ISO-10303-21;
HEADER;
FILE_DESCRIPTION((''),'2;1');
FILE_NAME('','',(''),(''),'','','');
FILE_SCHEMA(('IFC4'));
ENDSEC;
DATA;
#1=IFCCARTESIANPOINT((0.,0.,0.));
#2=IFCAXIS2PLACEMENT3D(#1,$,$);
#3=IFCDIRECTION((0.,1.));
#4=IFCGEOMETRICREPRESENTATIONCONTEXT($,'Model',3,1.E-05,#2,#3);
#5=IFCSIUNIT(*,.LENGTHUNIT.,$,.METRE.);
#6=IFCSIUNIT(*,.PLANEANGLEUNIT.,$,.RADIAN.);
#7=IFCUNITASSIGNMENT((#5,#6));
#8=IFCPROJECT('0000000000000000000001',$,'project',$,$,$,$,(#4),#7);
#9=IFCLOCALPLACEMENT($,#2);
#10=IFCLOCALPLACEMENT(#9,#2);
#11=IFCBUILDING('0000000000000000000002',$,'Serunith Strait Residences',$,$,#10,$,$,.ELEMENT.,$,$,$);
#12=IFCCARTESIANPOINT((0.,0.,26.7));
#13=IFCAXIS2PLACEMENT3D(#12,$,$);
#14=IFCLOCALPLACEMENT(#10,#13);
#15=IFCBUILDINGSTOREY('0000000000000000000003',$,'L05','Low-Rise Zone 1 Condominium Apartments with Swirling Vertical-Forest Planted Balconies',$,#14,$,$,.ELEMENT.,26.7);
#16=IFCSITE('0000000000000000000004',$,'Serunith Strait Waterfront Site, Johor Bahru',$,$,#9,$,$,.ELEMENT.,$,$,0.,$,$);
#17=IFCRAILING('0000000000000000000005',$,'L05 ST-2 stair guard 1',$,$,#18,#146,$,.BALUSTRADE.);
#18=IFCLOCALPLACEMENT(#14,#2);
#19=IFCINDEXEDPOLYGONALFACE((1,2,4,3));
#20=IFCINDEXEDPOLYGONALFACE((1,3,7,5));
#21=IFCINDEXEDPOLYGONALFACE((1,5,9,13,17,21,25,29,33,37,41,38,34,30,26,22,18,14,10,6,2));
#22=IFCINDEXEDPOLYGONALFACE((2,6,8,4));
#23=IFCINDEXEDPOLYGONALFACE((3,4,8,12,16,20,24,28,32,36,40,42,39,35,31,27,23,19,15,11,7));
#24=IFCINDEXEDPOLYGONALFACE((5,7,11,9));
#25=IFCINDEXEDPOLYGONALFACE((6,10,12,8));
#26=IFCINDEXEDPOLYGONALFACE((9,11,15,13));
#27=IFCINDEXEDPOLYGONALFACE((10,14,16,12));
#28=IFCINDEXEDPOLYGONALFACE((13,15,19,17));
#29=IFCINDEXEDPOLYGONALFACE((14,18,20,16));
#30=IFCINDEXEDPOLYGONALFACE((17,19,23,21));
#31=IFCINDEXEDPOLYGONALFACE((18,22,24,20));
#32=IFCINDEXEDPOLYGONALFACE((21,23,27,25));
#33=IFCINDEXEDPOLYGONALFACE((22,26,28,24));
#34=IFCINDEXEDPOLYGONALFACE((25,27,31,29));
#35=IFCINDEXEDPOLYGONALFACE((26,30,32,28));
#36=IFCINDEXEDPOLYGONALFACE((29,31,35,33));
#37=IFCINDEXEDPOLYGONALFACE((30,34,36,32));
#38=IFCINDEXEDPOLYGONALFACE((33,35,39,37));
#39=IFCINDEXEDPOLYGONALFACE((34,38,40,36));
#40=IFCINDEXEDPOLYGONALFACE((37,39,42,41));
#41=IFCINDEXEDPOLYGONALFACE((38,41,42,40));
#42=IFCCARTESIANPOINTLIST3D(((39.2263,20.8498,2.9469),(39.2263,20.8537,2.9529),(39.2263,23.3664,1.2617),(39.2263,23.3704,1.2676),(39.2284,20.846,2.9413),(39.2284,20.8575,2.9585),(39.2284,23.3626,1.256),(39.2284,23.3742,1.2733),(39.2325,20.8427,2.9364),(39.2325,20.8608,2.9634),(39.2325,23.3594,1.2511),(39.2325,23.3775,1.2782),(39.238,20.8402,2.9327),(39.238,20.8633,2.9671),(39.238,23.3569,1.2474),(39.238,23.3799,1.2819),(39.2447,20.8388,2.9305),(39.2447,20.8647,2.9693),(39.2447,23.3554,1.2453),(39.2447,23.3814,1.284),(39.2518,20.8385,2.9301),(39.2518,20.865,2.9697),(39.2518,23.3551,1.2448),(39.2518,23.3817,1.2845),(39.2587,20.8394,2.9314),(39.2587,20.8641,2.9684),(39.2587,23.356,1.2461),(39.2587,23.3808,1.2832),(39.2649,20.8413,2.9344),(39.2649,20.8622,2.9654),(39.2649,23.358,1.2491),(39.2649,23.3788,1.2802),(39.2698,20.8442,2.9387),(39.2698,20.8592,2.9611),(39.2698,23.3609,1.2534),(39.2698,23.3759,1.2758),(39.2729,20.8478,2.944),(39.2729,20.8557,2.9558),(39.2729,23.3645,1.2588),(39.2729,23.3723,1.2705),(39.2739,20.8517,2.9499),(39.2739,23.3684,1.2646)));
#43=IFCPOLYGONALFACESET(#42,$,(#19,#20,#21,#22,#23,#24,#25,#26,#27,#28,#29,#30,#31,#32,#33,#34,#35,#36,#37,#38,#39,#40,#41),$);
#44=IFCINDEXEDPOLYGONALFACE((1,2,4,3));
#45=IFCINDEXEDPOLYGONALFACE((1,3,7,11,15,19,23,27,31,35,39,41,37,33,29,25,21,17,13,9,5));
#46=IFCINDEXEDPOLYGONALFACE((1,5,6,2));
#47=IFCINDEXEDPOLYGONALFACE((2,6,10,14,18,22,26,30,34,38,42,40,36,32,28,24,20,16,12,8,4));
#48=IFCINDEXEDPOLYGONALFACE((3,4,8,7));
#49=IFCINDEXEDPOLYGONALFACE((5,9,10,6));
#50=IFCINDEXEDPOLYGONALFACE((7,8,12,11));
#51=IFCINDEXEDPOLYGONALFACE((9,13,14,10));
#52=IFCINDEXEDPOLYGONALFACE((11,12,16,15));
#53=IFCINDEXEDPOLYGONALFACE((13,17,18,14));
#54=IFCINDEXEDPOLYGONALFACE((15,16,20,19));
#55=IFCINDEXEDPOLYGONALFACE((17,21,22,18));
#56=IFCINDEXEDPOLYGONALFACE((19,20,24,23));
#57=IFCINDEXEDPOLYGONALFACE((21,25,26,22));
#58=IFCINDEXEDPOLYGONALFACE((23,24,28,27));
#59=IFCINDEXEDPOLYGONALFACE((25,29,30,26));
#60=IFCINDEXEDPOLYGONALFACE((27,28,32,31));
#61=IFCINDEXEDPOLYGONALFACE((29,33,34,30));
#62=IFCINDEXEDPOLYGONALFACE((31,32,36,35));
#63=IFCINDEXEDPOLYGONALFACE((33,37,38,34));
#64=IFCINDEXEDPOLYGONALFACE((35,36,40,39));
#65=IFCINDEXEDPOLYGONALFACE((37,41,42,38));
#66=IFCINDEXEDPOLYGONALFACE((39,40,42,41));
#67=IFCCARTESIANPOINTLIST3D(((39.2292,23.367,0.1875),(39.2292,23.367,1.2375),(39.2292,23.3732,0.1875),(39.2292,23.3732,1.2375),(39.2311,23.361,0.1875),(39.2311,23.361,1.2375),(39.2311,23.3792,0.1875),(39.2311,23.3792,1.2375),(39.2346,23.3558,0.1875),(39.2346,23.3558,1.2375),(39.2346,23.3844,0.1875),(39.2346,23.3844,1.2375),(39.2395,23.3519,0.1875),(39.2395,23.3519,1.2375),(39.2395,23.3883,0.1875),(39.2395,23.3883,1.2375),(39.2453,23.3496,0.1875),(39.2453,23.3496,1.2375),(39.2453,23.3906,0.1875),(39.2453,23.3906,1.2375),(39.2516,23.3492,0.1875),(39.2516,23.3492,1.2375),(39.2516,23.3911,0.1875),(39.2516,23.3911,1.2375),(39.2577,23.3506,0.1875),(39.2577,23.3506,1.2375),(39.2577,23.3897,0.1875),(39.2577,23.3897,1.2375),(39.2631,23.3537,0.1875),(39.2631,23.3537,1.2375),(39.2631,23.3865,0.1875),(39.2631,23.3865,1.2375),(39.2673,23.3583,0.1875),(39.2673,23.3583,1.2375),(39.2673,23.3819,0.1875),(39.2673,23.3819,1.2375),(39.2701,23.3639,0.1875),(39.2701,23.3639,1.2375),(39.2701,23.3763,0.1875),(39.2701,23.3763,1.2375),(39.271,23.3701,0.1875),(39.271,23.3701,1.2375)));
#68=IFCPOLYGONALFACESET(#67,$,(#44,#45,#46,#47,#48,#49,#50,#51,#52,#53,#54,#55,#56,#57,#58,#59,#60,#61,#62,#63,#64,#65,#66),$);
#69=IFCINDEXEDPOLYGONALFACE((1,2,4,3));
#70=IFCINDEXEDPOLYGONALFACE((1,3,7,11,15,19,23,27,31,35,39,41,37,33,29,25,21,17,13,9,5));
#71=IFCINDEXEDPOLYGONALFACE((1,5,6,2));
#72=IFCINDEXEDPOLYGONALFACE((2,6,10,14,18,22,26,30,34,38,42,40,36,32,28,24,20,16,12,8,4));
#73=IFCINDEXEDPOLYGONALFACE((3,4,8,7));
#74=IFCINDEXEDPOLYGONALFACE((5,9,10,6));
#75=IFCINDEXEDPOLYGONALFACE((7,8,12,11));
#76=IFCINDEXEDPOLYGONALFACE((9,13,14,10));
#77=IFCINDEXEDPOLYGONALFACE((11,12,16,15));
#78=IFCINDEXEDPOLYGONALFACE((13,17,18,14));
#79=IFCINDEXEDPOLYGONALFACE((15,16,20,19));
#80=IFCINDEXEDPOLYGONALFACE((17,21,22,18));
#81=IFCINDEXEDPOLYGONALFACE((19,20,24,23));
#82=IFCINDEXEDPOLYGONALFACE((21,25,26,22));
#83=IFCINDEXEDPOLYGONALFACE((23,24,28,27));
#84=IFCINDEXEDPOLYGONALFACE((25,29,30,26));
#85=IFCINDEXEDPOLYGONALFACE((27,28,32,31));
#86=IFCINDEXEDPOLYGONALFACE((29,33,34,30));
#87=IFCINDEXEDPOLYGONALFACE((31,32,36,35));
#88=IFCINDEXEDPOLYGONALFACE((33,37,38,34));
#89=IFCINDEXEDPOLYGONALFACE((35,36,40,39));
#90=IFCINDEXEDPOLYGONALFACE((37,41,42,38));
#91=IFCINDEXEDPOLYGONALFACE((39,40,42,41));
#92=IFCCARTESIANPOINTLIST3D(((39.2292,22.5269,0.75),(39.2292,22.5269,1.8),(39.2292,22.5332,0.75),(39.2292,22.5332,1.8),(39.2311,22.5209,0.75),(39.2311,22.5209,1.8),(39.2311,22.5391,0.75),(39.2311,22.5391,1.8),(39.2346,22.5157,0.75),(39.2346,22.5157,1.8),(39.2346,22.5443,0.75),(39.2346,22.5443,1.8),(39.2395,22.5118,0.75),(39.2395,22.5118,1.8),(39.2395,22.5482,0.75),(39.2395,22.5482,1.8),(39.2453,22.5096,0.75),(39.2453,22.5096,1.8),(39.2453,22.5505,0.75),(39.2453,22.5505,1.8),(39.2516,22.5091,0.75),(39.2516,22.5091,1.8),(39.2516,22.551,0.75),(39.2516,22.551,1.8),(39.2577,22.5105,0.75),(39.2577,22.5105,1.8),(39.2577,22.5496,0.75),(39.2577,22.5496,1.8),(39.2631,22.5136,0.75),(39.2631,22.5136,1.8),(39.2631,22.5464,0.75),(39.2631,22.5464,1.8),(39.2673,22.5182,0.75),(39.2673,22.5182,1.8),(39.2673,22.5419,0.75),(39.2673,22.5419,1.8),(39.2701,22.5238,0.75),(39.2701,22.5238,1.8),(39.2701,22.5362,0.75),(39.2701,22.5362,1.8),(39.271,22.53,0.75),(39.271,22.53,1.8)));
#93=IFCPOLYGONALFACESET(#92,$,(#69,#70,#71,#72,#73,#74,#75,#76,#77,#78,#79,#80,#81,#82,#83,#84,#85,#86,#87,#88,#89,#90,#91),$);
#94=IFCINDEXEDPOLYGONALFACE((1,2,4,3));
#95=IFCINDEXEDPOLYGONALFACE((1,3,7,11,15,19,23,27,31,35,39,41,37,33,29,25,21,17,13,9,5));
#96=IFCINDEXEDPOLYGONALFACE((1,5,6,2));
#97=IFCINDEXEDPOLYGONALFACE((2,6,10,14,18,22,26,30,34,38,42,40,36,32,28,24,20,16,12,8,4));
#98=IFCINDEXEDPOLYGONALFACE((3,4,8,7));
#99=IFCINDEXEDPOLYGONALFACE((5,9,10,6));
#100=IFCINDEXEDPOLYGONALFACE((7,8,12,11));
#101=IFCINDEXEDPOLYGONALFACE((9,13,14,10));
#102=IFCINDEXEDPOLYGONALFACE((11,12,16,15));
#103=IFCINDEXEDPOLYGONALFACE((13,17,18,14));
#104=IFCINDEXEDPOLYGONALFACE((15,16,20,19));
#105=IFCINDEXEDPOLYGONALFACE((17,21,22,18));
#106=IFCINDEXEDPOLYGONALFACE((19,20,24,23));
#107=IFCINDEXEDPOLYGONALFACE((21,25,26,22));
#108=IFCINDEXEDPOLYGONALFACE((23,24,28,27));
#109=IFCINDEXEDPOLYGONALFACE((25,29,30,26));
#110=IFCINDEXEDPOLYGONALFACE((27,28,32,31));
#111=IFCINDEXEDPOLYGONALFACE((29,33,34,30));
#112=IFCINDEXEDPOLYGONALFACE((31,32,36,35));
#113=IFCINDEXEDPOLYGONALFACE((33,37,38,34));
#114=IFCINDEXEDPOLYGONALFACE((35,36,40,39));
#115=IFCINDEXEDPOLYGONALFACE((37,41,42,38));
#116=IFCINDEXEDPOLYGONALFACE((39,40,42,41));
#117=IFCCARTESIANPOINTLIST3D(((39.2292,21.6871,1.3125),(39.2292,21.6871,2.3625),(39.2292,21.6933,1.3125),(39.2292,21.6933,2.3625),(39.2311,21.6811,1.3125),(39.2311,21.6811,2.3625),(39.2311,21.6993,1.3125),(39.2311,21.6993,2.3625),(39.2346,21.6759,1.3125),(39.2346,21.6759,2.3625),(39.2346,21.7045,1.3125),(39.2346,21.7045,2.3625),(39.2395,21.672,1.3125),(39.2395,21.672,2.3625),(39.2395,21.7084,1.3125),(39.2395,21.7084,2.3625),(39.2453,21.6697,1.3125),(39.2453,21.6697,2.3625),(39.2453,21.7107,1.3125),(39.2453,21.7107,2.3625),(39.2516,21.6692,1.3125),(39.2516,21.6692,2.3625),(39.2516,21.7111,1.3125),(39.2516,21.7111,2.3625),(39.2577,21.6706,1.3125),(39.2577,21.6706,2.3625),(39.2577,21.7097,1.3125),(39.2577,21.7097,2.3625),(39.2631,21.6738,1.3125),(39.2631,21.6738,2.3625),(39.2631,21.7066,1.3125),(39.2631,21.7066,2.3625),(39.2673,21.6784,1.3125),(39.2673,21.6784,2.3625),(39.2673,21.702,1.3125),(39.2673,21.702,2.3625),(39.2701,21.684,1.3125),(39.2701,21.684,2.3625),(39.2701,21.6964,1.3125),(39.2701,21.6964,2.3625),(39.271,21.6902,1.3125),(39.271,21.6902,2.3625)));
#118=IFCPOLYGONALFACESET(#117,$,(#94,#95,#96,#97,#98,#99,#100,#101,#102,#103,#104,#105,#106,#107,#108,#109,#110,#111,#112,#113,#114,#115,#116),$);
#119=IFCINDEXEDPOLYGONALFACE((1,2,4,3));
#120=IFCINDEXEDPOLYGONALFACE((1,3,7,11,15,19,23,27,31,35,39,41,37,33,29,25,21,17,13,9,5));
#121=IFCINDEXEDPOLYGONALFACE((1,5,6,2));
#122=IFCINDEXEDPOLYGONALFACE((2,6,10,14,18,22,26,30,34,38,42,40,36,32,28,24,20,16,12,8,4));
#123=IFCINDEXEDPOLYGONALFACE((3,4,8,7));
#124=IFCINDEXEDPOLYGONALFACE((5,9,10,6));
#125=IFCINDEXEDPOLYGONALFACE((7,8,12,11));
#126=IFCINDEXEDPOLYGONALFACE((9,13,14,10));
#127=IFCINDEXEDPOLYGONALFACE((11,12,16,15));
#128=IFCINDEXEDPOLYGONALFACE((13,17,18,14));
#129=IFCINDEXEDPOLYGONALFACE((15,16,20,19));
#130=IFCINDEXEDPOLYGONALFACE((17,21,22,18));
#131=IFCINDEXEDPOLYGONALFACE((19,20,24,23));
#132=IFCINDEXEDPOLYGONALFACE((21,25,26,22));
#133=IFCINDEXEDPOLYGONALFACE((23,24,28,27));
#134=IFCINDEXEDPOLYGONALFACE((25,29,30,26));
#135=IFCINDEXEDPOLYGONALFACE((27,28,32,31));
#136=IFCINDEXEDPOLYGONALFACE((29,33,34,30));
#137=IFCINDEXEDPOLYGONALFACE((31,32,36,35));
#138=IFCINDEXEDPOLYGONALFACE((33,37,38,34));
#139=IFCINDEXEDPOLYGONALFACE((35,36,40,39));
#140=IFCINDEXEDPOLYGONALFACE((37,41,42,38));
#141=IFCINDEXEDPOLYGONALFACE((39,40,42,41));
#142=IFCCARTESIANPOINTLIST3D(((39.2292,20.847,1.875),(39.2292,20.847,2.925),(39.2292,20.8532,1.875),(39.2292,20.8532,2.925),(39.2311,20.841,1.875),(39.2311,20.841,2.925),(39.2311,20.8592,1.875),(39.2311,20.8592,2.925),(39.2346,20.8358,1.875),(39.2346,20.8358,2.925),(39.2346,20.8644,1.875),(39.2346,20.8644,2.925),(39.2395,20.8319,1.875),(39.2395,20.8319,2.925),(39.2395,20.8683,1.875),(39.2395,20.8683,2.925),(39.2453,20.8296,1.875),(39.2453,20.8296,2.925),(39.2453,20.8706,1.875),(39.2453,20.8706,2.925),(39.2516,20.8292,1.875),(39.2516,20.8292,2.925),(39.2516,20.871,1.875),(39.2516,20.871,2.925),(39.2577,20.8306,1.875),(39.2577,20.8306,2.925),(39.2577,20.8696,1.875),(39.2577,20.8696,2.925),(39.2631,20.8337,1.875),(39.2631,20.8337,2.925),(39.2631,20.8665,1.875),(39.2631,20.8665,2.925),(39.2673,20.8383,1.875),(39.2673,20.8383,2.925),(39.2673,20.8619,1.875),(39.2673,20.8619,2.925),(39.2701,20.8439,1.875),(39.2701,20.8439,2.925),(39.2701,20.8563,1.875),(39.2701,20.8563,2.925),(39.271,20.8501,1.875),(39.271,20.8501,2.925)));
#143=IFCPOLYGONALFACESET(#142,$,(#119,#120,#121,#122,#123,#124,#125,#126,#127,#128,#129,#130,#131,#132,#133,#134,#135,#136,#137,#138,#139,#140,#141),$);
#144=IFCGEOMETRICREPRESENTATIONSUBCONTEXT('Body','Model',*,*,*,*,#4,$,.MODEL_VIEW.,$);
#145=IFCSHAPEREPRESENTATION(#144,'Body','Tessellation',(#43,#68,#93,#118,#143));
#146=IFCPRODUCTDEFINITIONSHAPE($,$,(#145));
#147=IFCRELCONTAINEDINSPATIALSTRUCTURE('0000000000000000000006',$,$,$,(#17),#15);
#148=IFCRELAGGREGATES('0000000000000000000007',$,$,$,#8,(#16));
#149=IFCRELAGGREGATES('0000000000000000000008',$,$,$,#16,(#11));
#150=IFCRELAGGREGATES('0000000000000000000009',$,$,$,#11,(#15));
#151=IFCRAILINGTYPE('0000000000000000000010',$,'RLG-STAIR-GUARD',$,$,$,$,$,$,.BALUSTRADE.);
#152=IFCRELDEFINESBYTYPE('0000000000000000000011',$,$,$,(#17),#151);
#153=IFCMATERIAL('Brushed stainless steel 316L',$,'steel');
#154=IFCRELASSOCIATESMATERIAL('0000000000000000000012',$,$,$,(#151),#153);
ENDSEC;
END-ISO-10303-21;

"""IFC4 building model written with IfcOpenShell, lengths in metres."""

from ifc_helpers import new_model, si_unit, direction, frame, origin, origin_2d, place, context, subcontext, project, spatial, circle, extrude, material, type_object, element, save


model = new_model("IFC4")

# Units and contexts
model_context = context("Model", 3, precision=1e-05, world=origin(), true_north=direction((0.0, 1.0)))
body_context = subcontext(model_context, "Body", "Model", "MODEL_VIEW")
ifc_project = project(units=[si_unit("LENGTHUNIT", "METRE"), si_unit("PLANEANGLEUNIT", "RADIAN")], contexts=[model_context])

# Site, building, storey
site_placement = place(None, origin())
site = spatial("IfcSite", under=ifc_project, at=site_placement, Name="Serunith Strait Waterfront Site, Johor Bahru", CompositionType="ELEMENT", RefElevation=0.0)
building_placement = place(site_placement, origin())
building = spatial("IfcBuilding", under=site, at=building_placement, Name="Serunith Strait Residences", CompositionType="ELEMENT")
storey_placement = place(building_placement, frame((0.0, 0.0, 26.7)))
storey = spatial("IfcBuildingStorey", under=building, at=storey_placement, Name="L05", Description="Low-Rise Zone 1 Condominium Apartments with Swirling Vertical-Forest Planted Balconies", CompositionType="ELEMENT", Elevation=26.7)

# Railing
ifc_material_1 = material(Name="Brushed stainless steel 316L", Category="steel")
railing_type_1 = type_object("IfcRailingType", Name="RLG-STAIR-GUARD", PredefinedType="BALUSTRADE", material=ifc_material_1)
railing_1_placement = place(storey_placement, frame((39.25, 23.3701, 0.1875)))
element("IfcRailing", 1, at=railing_1_placement, inside=storey, type_object=railing_type_1, Name="L05 ST-2 stair guard 1", PredefinedType="BALUSTRADE", context=body_context, shape_type="SweptSolid", body=[
    extrude(circle(Radius=0.0239, at=origin_2d()), frame((0.0, -0.0017, 1.0771), z_axis=(0.0, -0.830909, 0.556408), x_axis=(1.0, 0.0, 0.0)), (0.0, 0.0, 1.0), 3.0288),
    extrude(circle(Radius=0.021, at=origin_2d()), origin(), (0.0, 0.0, 1.0), 1.05),
    extrude(circle(Radius=0.021, at=origin_2d()), frame((0.0, -0.8401, 0.5625)), (0.0, 0.0, 1.0), 1.05),
    extrude(circle(Radius=0.021, at=origin_2d()), frame((0.0, -1.6799, 1.125)), (0.0, 0.0, 1.0), 1.05),
    extrude(circle(Radius=0.021, at=origin_2d()), frame((0.0, -2.52, 1.6875)), (0.0, 0.0, 1.0), 1.05),
])

save(model, "model.ifc")
